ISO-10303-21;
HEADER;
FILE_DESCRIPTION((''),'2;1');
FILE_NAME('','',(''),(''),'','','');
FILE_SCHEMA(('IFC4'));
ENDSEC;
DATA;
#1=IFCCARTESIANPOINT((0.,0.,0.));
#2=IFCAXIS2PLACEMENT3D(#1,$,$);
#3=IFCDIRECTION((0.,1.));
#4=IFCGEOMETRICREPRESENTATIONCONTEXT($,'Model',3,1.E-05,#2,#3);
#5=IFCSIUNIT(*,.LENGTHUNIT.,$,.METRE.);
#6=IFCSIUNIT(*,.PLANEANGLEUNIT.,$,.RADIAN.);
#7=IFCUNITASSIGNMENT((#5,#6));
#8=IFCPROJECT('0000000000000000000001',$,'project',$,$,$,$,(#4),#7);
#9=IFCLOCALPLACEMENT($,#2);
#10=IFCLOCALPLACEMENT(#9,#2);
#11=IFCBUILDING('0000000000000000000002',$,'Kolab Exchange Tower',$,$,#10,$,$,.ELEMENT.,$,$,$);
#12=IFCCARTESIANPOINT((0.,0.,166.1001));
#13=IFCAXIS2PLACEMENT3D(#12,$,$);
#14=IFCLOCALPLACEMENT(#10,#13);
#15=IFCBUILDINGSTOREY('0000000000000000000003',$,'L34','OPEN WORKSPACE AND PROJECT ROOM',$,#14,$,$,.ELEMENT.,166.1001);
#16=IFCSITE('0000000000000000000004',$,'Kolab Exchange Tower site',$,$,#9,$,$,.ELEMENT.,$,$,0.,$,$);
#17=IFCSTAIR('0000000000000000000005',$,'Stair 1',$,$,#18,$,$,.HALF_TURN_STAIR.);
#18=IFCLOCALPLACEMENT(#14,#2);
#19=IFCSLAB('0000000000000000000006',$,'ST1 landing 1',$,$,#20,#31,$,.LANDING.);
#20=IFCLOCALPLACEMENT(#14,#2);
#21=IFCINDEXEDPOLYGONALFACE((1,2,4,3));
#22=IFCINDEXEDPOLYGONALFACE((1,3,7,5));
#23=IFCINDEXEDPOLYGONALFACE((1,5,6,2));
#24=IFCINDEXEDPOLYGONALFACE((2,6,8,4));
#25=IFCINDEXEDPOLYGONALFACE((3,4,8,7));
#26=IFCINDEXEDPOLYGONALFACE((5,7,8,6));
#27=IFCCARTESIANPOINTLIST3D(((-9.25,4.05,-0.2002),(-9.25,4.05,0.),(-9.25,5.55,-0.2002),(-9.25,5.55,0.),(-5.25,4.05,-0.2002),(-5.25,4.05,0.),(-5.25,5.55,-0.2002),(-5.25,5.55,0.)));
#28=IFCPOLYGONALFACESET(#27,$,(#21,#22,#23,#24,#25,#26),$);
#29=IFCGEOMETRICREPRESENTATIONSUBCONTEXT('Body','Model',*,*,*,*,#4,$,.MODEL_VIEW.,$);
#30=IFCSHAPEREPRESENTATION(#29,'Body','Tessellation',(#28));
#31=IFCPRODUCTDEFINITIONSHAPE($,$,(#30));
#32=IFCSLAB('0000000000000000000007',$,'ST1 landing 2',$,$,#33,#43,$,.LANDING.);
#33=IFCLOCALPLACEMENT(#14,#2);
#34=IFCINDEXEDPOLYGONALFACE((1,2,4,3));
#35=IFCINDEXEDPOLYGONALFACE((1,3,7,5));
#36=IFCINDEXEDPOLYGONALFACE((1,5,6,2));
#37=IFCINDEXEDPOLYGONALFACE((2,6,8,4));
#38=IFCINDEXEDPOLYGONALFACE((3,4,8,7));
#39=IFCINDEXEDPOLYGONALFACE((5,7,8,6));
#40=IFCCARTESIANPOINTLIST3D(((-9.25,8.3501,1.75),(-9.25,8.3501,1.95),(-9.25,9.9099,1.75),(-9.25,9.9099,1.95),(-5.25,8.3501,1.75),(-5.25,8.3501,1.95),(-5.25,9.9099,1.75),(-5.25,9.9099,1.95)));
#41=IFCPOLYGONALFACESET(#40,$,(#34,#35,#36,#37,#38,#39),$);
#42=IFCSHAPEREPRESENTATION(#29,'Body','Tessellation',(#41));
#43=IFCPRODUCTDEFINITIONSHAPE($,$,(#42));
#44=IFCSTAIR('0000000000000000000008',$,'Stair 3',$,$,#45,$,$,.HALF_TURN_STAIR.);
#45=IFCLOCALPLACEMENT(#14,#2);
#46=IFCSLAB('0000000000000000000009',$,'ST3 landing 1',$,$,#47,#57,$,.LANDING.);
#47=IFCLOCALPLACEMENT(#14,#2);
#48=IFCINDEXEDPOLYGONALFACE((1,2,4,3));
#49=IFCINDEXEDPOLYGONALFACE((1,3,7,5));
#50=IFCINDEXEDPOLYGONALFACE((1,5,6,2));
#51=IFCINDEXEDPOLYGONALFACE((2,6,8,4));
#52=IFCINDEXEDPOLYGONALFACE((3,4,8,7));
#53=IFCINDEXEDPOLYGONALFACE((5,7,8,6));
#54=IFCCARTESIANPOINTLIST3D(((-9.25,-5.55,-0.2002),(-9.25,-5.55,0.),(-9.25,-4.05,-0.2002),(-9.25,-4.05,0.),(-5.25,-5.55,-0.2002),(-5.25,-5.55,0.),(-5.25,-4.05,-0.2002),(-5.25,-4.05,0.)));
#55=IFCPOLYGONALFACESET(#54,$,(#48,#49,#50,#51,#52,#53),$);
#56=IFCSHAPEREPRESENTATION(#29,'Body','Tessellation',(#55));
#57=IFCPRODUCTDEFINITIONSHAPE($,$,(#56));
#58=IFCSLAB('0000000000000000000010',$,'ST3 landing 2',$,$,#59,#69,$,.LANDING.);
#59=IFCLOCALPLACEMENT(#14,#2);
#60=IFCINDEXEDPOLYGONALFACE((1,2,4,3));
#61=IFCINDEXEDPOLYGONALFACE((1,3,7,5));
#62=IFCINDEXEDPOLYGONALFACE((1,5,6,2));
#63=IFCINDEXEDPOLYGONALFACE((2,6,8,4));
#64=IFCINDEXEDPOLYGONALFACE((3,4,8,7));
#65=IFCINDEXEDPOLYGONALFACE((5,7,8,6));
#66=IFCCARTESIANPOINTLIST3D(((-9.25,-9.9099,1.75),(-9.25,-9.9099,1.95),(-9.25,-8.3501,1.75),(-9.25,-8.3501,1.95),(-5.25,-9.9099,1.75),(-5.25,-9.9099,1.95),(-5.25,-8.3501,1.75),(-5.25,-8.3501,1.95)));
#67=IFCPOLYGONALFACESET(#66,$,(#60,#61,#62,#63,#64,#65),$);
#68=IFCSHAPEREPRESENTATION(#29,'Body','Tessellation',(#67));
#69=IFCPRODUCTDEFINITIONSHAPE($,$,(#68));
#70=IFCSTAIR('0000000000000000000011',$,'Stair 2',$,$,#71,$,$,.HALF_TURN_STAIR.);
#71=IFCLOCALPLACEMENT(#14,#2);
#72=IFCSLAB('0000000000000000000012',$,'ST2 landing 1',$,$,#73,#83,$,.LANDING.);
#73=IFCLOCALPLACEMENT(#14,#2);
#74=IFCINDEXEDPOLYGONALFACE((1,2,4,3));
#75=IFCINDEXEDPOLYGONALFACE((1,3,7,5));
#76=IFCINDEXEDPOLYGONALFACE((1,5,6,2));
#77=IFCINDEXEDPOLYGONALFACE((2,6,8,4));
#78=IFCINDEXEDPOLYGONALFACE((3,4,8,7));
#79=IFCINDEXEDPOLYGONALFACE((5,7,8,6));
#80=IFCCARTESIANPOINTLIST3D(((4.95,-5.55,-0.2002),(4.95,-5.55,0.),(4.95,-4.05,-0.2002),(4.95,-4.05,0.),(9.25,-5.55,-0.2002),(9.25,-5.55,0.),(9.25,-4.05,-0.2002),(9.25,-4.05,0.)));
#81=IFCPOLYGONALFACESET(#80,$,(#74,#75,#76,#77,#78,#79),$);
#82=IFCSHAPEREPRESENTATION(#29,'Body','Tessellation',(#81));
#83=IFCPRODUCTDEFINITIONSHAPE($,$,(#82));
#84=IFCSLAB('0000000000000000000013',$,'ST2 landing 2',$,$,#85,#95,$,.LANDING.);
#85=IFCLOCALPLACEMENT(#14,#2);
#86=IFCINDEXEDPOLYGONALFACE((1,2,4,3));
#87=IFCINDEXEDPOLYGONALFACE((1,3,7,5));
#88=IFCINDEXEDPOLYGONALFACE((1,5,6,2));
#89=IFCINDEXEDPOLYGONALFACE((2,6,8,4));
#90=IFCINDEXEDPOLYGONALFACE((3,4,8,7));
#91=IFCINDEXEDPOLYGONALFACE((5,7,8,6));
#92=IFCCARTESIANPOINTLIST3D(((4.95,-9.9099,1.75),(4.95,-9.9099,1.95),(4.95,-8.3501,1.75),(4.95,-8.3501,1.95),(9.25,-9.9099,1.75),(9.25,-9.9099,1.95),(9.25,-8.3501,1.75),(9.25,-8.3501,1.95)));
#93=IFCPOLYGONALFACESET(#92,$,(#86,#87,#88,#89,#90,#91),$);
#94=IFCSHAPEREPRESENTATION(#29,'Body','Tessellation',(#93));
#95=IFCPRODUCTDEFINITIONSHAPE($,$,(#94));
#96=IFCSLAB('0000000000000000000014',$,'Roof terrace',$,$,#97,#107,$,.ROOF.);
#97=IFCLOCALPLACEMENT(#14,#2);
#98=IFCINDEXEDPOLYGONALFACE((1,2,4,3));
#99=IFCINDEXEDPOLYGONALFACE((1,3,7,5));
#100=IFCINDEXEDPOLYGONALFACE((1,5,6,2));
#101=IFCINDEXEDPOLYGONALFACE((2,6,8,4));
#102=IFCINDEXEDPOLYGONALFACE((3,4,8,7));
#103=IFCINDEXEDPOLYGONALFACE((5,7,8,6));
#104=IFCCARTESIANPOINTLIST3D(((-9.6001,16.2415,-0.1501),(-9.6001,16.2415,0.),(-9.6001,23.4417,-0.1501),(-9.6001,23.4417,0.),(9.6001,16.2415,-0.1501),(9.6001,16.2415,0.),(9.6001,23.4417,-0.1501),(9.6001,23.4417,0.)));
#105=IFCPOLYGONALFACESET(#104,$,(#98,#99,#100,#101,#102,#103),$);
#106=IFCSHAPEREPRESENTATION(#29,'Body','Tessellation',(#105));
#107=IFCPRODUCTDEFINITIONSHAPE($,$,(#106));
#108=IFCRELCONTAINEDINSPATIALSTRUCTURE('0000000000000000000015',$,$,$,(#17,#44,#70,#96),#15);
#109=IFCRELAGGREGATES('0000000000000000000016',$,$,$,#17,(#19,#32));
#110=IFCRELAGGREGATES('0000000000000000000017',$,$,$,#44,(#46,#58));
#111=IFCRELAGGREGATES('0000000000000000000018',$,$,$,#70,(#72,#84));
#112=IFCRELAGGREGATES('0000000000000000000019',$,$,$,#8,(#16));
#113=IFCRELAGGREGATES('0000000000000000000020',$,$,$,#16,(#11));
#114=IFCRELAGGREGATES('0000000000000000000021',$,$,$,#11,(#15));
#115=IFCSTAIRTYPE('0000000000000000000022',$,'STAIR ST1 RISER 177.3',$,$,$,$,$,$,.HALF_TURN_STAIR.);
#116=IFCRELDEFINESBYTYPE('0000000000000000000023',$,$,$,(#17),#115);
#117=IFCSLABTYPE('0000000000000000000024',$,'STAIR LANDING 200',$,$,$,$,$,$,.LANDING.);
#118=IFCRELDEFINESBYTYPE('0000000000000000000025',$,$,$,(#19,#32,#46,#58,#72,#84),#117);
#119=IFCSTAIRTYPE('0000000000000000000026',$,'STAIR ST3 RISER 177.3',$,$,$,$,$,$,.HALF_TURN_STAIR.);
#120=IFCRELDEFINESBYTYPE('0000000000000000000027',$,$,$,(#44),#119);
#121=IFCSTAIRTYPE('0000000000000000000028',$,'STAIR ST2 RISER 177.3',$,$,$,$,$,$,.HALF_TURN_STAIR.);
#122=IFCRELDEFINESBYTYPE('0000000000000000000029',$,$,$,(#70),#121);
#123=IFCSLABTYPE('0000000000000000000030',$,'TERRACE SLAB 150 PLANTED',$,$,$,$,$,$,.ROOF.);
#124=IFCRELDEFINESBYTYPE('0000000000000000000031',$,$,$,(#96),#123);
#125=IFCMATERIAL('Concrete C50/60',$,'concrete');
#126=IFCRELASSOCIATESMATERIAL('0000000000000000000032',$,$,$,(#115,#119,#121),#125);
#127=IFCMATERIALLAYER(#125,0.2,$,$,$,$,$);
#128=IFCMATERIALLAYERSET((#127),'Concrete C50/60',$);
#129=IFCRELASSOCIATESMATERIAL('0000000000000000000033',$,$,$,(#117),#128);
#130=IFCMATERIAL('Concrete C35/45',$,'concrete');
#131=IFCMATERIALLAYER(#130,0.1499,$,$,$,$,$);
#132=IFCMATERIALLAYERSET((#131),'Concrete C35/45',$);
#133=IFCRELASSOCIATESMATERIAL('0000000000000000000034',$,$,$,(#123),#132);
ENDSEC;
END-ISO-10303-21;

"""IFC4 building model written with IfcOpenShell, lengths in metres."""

from ifc_helpers import new_model, si_unit, direction, frame, origin, place, context, subcontext, project, spatial, polyline, outline, extrude, material, layer, layer_set, type_object, element, aggregate, save


model = new_model("IFC4")

# Units and contexts
model_context = context("Model", 3, precision=1e-05, world=origin(), true_north=direction((0.0, 1.0)))
body_context = subcontext(model_context, "Body", "Model", "MODEL_VIEW")
ifc_project = project(units=[si_unit("LENGTHUNIT", "METRE"), si_unit("PLANEANGLEUNIT", "RADIAN")], contexts=[model_context])

# Site, building, storey
site_placement = place(None, origin())
site = spatial("IfcSite", under=ifc_project, at=site_placement, Name="Kolab Exchange Tower site", CompositionType="ELEMENT", RefElevation=0.0)
building_placement = place(site_placement, origin())
building = spatial("IfcBuilding", under=site, at=building_placement, Name="Kolab Exchange Tower", CompositionType="ELEMENT")
storey_placement = place(building_placement, frame((0.0, 0.0, 166.1001)))
storey = spatial("IfcBuildingStorey", under=building, at=storey_placement, Name="L34", Description="OPEN WORKSPACE AND PROJECT ROOM", CompositionType="ELEMENT", Elevation=166.1001)

# Shared definitions
ifc_material_1 = material(Name="Concrete C35/45", Category="concrete")

# Stairs, slabs
ifc_material_2 = material(Name="Concrete C50/60", Category="concrete")
stair_type_1 = type_object("IfcStairType", Name="STAIR ST1 RISER 177.3", PredefinedType="HALF_TURN_STAIR", material=ifc_material_2)
stair_1_placement = place(storey_placement, origin())
stair_1 = element("IfcStair", 1, at=stair_1_placement, inside=storey, type_object=stair_type_1, Name="Stair 1", PredefinedType="HALF_TURN_STAIR")
ifc_layer_1 = layer(ifc_material_2, 0.2)
ifc_layer_set_1 = layer_set([ifc_layer_1], Name="Concrete C50/60")
slab_type_1 = type_object("IfcSlabType", Name="STAIR LANDING 200", PredefinedType="LANDING", material=ifc_layer_set_1)
slab_1_placement = place(storey_placement, frame((0.0, 0.0, -0.2002)))
slab_1 = element("IfcSlab", 2, at=slab_1_placement, type_object=slab_type_1, Name="ST1 landing 1", PredefinedType="LANDING", context=body_context, shape_type="SweptSolid", body=[
    extrude(outline(polyline([(-9.25, 4.05), (-5.25, 4.05), (-5.25, 5.55), (-9.25, 5.55), (-9.25, 4.05)])), origin(), (0.0, 0.0, 1.0), 0.2002),
])
slab_2_placement = place(storey_placement, frame((0.0, 0.0, 1.75)))
slab_2 = element("IfcSlab", 3, at=slab_2_placement, type_object=slab_type_1, Name="ST1 landing 2", PredefinedType="LANDING", context=body_context, shape_type="SweptSolid", body=[
    extrude(outline(polyline([(-9.25, 8.3501), (-5.25, 8.3501), (-5.25, 9.9099), (-9.25, 9.9099), (-9.25, 8.3501)])), origin(), (0.0, 0.0, 1.0), 0.2),
])
aggregate(stair_1, [slab_1, slab_2])
stair_type_2 = type_object("IfcStairType", Name="STAIR ST3 RISER 177.3", PredefinedType="HALF_TURN_STAIR", material=ifc_material_2)
stair_2_placement = place(storey_placement, origin())
stair_2 = element("IfcStair", 4, at=stair_2_placement, inside=storey, type_object=stair_type_2, Name="Stair 3", PredefinedType="HALF_TURN_STAIR")
slab_3_placement = place(storey_placement, frame((0.0, 0.0, -0.2002)))
slab_3 = element("IfcSlab", 5, at=slab_3_placement, type_object=slab_type_1, Name="ST3 landing 1", PredefinedType="LANDING", context=body_context, shape_type="SweptSolid", body=[
    extrude(outline(polyline([(-9.25, -5.55), (-5.25, -5.55), (-5.25, -4.05), (-9.25, -4.05), (-9.25, -5.55)])), origin(), (0.0, 0.0, 1.0), 0.2002),
])
slab_4_placement = place(storey_placement, frame((0.0, 0.0, 1.75)))
slab_4 = element("IfcSlab", 6, at=slab_4_placement, type_object=slab_type_1, Name="ST3 landing 2", PredefinedType="LANDING", context=body_context, shape_type="SweptSolid", body=[
    extrude(outline(polyline([(-9.25, -9.9099), (-5.25, -9.9099), (-5.25, -8.3501), (-9.25, -8.3501), (-9.25, -9.9099)])), origin(), (0.0, 0.0, 1.0), 0.2),
])
aggregate(stair_2, [slab_3, slab_4])
stair_type_3 = type_object("IfcStairType", Name="STAIR ST2 RISER 177.3", PredefinedType="HALF_TURN_STAIR", material=ifc_material_2)
stair_3_placement = place(storey_placement, origin())
stair_3 = element("IfcStair", 7, at=stair_3_placement, inside=storey, type_object=stair_type_3, Name="Stair 2", PredefinedType="HALF_TURN_STAIR")
slab_5_placement = place(storey_placement, frame((0.0, 0.0, -0.2002)))
slab_5 = element("IfcSlab", 8, at=slab_5_placement, type_object=slab_type_1, Name="ST2 landing 1", PredefinedType="LANDING", context=body_context, shape_type="SweptSolid", body=[
    extrude(outline(polyline([(4.95, -5.55), (9.25, -5.55), (9.25, -4.05), (4.95, -4.05), (4.95, -5.55)])), origin(), (0.0, 0.0, 1.0), 0.2002),
])
slab_6_placement = place(storey_placement, frame((0.0, 0.0, 1.75)))
slab_6 = element("IfcSlab", 9, at=slab_6_placement, type_object=slab_type_1, Name="ST2 landing 2", PredefinedType="LANDING", context=body_context, shape_type="SweptSolid", body=[
    extrude(outline(polyline([(4.95, -9.9099), (9.25, -9.9099), (9.25, -8.3501), (4.95, -8.3501), (4.95, -9.9099)])), origin(), (0.0, 0.0, 1.0), 0.2),
])
aggregate(stair_3, [slab_5, slab_6])

# Slab
ifc_layer_2 = layer(ifc_material_1, 0.1499)
ifc_layer_set_2 = layer_set([ifc_layer_2], Name="Concrete C35/45")
slab_type_2 = type_object("IfcSlabType", Name="TERRACE SLAB 150 PLANTED", PredefinedType="ROOF", material=ifc_layer_set_2)
slab_7_placement = place(storey_placement, frame((0.0, 0.0, -0.1501)))
element("IfcSlab", 10, at=slab_7_placement, inside=storey, type_object=slab_type_2, Name="Roof terrace", PredefinedType="ROOF", context=body_context, shape_type="SweptSolid", body=[
    extrude(outline(polyline([(-9.6001, 23.4417), (-9.6001, 16.2415), (9.6001, 16.2415), (9.6001, 23.4417), (-9.6001, 23.4417)])), origin(), (0.0, 0.0, 1.0), 0.1501),
])

save(model, "model.ifc")
